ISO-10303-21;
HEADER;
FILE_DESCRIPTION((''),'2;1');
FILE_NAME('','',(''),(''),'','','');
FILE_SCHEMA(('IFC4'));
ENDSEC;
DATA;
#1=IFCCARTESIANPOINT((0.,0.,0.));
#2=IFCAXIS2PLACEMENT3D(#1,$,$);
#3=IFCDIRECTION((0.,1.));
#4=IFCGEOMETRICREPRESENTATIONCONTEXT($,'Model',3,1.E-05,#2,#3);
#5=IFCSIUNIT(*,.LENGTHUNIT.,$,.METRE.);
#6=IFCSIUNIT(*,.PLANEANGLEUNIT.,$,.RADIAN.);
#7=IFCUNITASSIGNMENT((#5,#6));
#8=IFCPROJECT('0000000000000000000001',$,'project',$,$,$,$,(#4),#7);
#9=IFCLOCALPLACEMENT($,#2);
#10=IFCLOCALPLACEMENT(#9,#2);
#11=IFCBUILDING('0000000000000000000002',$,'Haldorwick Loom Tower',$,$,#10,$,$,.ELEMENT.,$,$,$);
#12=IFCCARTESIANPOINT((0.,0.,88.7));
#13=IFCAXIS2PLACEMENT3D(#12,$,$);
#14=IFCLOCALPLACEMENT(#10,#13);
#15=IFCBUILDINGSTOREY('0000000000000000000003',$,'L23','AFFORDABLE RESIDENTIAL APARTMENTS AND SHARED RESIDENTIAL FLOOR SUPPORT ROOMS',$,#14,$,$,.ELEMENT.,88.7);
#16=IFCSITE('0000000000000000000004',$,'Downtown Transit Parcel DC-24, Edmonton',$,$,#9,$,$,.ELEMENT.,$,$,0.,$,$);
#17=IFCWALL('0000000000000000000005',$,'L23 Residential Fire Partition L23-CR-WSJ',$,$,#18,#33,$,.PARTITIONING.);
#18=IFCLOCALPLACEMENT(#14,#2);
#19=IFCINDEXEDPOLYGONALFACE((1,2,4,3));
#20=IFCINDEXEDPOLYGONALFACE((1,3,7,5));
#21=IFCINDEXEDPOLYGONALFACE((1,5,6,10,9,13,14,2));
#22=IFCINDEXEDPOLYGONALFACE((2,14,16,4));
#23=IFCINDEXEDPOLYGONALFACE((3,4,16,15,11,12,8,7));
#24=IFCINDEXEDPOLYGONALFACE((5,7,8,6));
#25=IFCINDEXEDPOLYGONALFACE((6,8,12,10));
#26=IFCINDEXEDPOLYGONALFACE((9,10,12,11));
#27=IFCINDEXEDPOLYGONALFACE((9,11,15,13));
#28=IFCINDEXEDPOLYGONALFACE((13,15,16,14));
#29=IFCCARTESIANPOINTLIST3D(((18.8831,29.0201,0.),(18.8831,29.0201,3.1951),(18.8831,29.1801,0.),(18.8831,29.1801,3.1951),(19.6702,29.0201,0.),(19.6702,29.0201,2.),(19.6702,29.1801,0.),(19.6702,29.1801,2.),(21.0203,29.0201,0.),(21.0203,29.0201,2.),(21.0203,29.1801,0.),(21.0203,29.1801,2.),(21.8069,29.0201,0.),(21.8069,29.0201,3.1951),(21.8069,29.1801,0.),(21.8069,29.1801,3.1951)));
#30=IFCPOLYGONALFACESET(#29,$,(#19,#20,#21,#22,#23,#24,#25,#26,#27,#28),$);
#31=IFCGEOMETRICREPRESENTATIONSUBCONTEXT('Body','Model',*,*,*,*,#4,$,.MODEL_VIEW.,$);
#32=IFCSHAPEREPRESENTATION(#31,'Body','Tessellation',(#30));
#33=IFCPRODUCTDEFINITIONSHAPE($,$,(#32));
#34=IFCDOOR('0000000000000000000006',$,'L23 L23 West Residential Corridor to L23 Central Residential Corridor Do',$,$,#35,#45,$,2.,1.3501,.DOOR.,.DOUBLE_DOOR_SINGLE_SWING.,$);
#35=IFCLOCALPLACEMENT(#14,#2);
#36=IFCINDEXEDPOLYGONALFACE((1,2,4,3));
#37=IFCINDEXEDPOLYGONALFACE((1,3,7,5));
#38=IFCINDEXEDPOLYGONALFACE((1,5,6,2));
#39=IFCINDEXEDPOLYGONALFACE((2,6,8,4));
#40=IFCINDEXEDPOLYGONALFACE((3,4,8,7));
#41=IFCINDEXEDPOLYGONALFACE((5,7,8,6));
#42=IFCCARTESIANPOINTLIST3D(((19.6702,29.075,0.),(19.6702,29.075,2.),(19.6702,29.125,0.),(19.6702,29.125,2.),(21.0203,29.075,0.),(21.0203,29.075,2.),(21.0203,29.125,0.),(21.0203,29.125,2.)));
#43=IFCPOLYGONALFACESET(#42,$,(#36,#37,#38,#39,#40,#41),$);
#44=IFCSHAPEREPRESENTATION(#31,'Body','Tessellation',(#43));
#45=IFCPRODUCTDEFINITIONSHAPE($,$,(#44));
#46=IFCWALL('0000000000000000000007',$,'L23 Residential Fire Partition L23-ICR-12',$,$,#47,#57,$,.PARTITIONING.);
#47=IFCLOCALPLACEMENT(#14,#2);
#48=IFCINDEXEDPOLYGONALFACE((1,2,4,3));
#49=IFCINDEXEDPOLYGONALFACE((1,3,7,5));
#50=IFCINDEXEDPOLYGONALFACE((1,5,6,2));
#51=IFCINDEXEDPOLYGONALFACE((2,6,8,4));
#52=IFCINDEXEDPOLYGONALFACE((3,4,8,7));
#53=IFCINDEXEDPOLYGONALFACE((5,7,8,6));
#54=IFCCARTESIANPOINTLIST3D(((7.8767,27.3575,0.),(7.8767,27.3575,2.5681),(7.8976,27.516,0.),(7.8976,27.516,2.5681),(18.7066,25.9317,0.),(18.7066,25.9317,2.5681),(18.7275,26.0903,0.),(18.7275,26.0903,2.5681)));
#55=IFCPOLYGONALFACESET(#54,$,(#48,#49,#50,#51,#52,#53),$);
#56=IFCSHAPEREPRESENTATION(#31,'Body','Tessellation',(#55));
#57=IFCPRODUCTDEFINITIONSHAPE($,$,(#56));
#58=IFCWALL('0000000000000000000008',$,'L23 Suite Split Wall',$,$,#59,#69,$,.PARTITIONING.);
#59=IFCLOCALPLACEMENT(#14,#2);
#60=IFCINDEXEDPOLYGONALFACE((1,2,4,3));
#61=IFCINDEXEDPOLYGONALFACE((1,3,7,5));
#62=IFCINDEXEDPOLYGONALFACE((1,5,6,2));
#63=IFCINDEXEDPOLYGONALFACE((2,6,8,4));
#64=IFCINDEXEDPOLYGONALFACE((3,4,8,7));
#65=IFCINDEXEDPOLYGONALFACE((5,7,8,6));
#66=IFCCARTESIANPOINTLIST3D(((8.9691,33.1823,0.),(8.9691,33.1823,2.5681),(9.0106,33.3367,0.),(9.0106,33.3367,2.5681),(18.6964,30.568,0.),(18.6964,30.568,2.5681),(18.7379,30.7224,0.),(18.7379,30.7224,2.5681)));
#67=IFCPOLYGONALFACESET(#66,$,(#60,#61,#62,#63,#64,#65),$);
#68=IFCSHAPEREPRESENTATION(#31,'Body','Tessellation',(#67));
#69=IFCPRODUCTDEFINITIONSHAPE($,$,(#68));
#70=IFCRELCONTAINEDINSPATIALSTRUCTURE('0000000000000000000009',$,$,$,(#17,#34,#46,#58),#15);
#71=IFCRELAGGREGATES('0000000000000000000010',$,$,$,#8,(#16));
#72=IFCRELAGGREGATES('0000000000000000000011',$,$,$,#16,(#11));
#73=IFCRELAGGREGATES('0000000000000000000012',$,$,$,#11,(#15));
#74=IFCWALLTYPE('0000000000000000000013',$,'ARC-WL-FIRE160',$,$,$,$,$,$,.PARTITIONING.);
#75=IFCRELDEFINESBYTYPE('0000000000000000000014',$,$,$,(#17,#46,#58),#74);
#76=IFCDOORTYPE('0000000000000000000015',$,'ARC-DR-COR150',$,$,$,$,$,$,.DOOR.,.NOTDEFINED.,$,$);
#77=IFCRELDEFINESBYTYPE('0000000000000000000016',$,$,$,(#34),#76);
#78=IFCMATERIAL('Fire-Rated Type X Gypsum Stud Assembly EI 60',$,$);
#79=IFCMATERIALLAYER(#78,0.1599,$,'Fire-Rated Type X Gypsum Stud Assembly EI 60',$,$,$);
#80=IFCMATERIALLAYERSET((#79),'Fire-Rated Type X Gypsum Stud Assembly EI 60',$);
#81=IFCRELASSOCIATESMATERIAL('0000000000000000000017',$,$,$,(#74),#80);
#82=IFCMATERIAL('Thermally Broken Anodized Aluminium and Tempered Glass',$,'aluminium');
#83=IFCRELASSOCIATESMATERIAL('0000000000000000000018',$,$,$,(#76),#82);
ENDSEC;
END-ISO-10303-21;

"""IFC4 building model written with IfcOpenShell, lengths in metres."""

from ifc_helpers import new_model, si_unit, direction, frame, frame_2d, origin, place, context, subcontext, project, spatial, rectangle, extrude, material, layer, layer_set, type_object, element, fill, save


model = new_model("IFC4")

# Units and contexts
model_context = context("Model", 3, precision=1e-05, world=origin(), true_north=direction((0.0, 1.0)))
body_context = subcontext(model_context, "Body", "Model", "MODEL_VIEW")
ifc_project = project(units=[si_unit("LENGTHUNIT", "METRE"), si_unit("PLANEANGLEUNIT", "RADIAN")], contexts=[model_context])

# Site, building, storey
site_placement = place(None, origin())
site = spatial("IfcSite", under=ifc_project, at=site_placement, Name="Downtown Transit Parcel DC-24, Edmonton", CompositionType="ELEMENT", RefElevation=0.0)
building_placement = place(site_placement, origin())
building = spatial("IfcBuilding", under=site, at=building_placement, Name="Haldorwick Loom Tower", CompositionType="ELEMENT")
storey_placement = place(building_placement, frame((0.0, 0.0, 88.7)))
storey = spatial("IfcBuildingStorey", under=building, at=storey_placement, Name="L23", Description="AFFORDABLE RESIDENTIAL APARTMENTS AND SHARED RESIDENTIAL FLOOR SUPPORT ROOMS", CompositionType="ELEMENT", Elevation=88.7)

# Shared definitions
ifc_material_1 = material(Name="Fire-Rated Type X Gypsum Stud Assembly EI 60")
ifc_layer_1 = layer(ifc_material_1, 0.1599, Name="Fire-Rated Type X Gypsum Stud Assembly EI 60")
ifc_layer_set_1 = layer_set([ifc_layer_1], Name="Fire-Rated Type X Gypsum Stud Assembly EI 60")
wall_type_1 = type_object("IfcWallType", Name="ARC-WL-FIRE160", PredefinedType="PARTITIONING", material=ifc_layer_set_1)
ifc_material_2 = material(Name="Thermally Broken Anodized Aluminium and Tempered Glass", Category="aluminium")
door_type_1 = type_object("IfcDoorType", Name="ARC-DR-COR150", OperationType="NOTDEFINED", PredefinedType="DOOR", material=ifc_material_2)

# Wall, opening, door
wall_1_placement = place(storey_placement, frame((18.8831, 29.1001, 0.0), z_axis=(0.0, 0.0, 1.0), x_axis=(1.0, 0.0, 0.0)))
wall_1 = element("IfcWall", 1, at=wall_1_placement, inside=storey, type_object=wall_type_1, Name="L23 Residential Fire Partition L23-CR-WSJ", PredefinedType="PARTITIONING", context=body_context, shape_type="SweptSolid", body=[
    extrude(rectangle(XDim=2.9238, YDim=0.1599, at=frame_2d((1.4619, 0.0))), origin(), (0.0, 0.0, 1.0), 3.1951),
])
opening_1_placement = place(wall_1_placement, frame((0.7871, 0.0, 0.0)))
opening_1 = element("IfcOpeningElement", 2, at=opening_1_placement, cuts=wall_1, PredefinedType="OPENING", context=body_context, shape_type="SweptSolid", body=[
    extrude(rectangle(XDim=1.3501, YDim=2.0, at=frame_2d((0.675, 1.0))), frame((0.0, 0.0898, 0.0), z_axis=(0.0, -1.0, 0.0), x_axis=(1.0, 0.0, 0.0)), (0.0, 0.0, 1.0), 0.1799),
])
door_1_placement = place(opening_1_placement, origin())
door_1 = element("IfcDoor", 3, at=door_1_placement, inside=storey, type_object=door_type_1, Name="L23 L23 West Residential Corridor to L23 Central Residential Corridor Do", OperationType="DOUBLE_DOOR_SINGLE_SWING", OverallHeight=2.0, OverallWidth=1.3501, PredefinedType="DOOR", context=body_context, shape_type="SweptSolid", body=[
    extrude(rectangle(XDim=1.3501, YDim=2.0, at=frame_2d((0.675, 1.0))), frame((0.0, 0.0249, 0.0), z_axis=(0.0, -1.0, 0.0), x_axis=(1.0, 0.0, 0.0)), (0.0, 0.0, 1.0), 0.05),
])
fill(opening_1, door_1)

# Walls
wall_2_placement = place(storey_placement, frame((18.717, 26.011, 0.0), z_axis=(0.0, 0.0, 1.0), x_axis=(-0.991445, 0.130527, 0.0)))
element("IfcWall", 4, at=wall_2_placement, inside=storey, type_object=wall_type_1, Name="L23 Residential Fire Partition L23-ICR-12", PredefinedType="PARTITIONING", context=body_context, shape_type="SweptSolid", body=[
    extrude(rectangle(XDim=10.9233, YDim=0.1599, at=frame_2d((5.4617, 0.0))), origin(), (0.0, 0.0, 1.0), 2.5681),
])
wall_3_placement = place(storey_placement, frame((18.717, 30.6453, 0.0), z_axis=(0.0, 0.0, 1.0), x_axis=(-0.965731, 0.259545, 0.0)))
element("IfcWall", 5, at=wall_3_placement, inside=storey, type_object=wall_type_1, Name="L23 Suite Split Wall", PredefinedType="PARTITIONING", context=body_context, shape_type="SweptSolid", body=[
    extrude(rectangle(XDim=10.0725, YDim=0.1599, at=frame_2d((5.0361, 0.0))), origin(), (0.0, 0.0, 1.0), 2.5681),
])

save(model, "model.ifc")
